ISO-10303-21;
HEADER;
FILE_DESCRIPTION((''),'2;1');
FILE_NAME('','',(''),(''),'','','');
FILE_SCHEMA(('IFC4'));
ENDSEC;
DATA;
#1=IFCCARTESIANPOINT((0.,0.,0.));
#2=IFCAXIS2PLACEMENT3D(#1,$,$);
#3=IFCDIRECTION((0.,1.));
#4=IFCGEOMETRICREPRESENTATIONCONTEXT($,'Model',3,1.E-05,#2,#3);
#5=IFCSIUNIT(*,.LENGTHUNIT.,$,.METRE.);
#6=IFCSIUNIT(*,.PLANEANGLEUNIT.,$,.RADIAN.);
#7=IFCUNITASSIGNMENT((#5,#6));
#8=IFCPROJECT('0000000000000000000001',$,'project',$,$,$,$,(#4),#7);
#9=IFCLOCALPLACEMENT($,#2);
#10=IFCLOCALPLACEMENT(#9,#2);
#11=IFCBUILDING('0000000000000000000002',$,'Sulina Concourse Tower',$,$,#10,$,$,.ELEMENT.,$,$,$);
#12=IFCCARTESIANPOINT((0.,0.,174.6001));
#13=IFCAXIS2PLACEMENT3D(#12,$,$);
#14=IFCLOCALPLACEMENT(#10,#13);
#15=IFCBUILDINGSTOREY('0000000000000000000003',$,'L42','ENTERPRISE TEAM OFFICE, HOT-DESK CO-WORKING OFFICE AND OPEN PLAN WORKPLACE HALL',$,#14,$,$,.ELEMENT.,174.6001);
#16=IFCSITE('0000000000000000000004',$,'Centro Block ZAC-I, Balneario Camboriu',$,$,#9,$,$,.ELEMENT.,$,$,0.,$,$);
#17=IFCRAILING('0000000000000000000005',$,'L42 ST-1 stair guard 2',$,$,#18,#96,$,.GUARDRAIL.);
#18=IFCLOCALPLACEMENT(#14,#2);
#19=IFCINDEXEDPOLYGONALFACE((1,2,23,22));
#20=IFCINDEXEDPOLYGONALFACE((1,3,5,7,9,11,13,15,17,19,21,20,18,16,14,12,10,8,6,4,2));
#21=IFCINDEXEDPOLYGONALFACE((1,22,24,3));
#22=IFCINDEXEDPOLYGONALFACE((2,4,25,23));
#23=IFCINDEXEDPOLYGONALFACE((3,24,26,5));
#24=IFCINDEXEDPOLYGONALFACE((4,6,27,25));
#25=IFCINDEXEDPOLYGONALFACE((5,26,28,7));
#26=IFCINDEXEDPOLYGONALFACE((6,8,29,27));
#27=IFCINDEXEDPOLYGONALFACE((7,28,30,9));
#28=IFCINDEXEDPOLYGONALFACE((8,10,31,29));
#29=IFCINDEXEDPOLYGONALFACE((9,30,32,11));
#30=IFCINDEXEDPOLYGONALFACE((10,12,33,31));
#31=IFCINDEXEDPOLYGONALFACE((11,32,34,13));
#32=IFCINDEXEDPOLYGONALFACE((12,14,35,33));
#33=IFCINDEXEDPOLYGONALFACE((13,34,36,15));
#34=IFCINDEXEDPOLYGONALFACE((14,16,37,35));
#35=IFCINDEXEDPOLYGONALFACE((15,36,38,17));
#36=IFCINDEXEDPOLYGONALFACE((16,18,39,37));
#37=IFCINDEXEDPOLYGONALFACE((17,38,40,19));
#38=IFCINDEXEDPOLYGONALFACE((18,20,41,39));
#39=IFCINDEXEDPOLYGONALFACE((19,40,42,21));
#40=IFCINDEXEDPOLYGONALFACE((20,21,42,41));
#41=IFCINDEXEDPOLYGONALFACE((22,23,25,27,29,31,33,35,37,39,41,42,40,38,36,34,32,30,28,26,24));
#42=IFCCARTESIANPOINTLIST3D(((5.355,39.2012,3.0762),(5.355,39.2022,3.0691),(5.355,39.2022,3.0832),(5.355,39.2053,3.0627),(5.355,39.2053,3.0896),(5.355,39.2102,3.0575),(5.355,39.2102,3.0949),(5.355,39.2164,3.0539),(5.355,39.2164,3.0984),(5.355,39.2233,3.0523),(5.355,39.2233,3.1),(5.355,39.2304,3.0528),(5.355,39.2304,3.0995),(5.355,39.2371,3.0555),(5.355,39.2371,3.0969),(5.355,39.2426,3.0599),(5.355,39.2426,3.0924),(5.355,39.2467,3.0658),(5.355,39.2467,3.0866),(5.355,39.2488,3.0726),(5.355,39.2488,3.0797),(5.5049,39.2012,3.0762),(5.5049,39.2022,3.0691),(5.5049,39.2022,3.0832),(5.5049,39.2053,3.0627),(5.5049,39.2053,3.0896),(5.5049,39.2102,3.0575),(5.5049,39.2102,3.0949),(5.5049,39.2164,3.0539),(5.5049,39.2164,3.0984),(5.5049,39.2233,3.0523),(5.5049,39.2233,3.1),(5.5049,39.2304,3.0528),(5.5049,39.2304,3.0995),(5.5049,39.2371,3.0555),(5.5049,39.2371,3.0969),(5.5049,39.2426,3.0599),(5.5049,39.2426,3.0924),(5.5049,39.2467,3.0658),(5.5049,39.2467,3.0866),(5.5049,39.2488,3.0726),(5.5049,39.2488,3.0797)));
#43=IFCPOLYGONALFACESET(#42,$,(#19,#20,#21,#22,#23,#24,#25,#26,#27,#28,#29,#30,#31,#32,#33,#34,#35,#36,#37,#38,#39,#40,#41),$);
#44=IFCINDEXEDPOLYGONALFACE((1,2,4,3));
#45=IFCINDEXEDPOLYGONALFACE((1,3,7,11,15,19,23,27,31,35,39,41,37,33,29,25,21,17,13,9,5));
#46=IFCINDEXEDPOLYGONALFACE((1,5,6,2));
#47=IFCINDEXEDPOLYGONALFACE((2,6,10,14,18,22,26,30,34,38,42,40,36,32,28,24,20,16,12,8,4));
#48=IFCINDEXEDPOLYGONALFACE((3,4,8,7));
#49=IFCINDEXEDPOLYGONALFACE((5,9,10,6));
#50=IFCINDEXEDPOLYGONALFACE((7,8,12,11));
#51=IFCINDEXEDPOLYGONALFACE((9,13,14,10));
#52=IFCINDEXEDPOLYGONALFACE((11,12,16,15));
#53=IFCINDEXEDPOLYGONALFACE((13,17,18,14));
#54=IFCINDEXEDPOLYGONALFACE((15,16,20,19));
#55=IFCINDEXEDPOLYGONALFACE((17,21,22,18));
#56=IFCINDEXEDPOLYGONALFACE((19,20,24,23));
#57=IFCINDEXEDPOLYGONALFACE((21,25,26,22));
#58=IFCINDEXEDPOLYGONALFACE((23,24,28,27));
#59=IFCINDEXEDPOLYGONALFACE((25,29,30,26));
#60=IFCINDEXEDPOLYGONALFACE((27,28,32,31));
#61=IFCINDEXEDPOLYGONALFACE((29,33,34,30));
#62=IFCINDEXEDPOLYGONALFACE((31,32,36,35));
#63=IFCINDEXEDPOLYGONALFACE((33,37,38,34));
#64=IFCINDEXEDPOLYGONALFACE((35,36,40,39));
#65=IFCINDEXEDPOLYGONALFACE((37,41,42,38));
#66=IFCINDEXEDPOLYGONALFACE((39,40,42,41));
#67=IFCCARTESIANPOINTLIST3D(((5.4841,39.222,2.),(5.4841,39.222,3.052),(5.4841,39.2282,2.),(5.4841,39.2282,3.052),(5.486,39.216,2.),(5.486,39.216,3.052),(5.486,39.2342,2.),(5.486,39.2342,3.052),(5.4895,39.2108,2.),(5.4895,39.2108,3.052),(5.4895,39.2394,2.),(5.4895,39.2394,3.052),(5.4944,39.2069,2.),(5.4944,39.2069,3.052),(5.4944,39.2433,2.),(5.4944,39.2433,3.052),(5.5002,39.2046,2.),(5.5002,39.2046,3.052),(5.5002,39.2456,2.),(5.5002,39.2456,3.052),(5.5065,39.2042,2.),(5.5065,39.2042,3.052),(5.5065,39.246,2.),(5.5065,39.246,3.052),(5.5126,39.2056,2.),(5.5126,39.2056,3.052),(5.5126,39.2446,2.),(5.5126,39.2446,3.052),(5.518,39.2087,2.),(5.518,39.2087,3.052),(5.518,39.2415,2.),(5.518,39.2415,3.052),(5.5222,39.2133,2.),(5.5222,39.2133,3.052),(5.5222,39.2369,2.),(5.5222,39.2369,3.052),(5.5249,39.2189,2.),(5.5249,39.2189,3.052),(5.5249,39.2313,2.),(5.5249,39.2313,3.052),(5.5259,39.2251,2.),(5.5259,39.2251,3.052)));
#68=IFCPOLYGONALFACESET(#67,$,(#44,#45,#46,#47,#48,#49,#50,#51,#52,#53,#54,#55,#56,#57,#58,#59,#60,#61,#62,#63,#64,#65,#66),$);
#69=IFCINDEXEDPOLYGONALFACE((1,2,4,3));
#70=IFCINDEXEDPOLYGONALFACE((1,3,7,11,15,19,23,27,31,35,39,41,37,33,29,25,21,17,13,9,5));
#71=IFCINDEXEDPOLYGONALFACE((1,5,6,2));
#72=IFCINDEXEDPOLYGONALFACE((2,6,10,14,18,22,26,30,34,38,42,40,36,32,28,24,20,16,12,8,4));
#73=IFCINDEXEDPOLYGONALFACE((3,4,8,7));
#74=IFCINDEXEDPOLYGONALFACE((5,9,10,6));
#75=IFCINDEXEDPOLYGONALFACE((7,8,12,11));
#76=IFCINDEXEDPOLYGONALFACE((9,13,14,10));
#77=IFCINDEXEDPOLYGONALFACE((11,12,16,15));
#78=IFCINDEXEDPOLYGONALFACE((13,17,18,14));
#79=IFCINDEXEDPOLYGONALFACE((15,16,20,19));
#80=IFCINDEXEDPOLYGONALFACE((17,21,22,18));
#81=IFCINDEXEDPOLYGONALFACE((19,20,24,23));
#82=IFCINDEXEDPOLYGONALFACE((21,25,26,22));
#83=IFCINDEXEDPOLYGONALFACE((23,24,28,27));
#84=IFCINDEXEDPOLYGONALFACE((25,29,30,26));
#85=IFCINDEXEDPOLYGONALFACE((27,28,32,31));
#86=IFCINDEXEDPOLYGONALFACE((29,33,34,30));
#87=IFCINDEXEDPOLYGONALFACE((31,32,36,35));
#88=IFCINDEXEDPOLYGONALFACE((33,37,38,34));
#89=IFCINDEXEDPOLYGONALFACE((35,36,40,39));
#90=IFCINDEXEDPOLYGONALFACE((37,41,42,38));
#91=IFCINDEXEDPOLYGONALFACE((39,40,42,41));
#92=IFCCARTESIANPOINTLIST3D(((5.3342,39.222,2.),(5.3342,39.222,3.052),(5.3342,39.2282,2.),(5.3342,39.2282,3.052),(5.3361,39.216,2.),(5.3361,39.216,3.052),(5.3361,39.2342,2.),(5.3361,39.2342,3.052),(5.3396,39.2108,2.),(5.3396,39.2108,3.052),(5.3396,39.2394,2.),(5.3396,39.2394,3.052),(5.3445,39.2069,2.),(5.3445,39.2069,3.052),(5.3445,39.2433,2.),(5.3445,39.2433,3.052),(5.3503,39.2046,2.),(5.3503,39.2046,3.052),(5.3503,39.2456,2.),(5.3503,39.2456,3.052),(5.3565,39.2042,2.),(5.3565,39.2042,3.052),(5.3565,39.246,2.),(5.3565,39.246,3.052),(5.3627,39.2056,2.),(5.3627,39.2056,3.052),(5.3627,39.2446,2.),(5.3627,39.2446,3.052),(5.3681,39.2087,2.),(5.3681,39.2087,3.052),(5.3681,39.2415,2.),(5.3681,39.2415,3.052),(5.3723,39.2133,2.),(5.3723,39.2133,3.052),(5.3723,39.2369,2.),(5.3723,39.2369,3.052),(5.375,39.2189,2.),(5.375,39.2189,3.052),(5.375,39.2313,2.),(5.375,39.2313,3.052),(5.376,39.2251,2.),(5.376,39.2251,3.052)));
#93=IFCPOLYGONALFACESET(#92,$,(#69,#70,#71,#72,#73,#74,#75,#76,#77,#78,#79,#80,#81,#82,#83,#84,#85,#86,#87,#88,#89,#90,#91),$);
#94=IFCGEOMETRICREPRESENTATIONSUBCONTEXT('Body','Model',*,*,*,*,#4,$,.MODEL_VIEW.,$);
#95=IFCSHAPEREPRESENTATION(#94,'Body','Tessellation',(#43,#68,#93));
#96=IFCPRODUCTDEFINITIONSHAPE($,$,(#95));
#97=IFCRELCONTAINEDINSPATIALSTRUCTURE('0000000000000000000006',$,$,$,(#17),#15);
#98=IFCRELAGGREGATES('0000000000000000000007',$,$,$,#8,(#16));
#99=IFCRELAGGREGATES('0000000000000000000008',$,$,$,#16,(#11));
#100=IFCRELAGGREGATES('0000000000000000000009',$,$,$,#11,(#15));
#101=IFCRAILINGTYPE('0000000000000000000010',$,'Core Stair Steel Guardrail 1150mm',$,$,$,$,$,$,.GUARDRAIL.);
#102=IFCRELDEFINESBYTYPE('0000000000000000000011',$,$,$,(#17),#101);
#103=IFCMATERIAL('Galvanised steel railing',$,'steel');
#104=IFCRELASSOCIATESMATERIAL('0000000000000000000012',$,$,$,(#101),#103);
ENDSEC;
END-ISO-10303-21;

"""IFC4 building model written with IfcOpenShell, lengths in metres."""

from ifc_helpers import new_model, si_unit, direction, frame, origin, origin_2d, place, context, subcontext, project, spatial, circle, extrude, material, type_object, element, save


model = new_model("IFC4")

# Units and contexts
model_context = context("Model", 3, precision=1e-05, world=origin(), true_north=direction((0.0, 1.0)))
body_context = subcontext(model_context, "Body", "Model", "MODEL_VIEW")
ifc_project = project(units=[si_unit("LENGTHUNIT", "METRE"), si_unit("PLANEANGLEUNIT", "RADIAN")], contexts=[model_context])

# Site, building, storey
site_placement = place(None, origin())
site = spatial("IfcSite", under=ifc_project, at=site_placement, Name="Centro Block ZAC-I, Balneario Camboriu", CompositionType="ELEMENT", RefElevation=0.0)
building_placement = place(site_placement, origin())
building = spatial("IfcBuilding", under=site, at=building_placement, Name="Sulina Concourse Tower", CompositionType="ELEMENT")
storey_placement = place(building_placement, frame((0.0, 0.0, 174.6001)))
storey = spatial("IfcBuildingStorey", under=building, at=storey_placement, Name="L42", Description="ENTERPRISE TEAM OFFICE, HOT-DESK CO-WORKING OFFICE AND OPEN PLAN WORKPLACE HALL", CompositionType="ELEMENT", Elevation=174.6001)

# Railing
ifc_material_1 = material(Name="Galvanised steel railing", Category="steel")
railing_type_1 = type_object("IfcRailingType", Name="Core Stair Steel Guardrail 1150mm", PredefinedType="GUARDRAIL", material=ifc_material_1)
railing_1_placement = place(storey_placement, frame((5.5049, 39.2251, 2.0)))
element("IfcRailing", 1, at=railing_1_placement, inside=storey, type_object=railing_type_1, Name="L42 ST-1 stair guard 2", PredefinedType="GUARDRAIL", context=body_context, shape_type="SweptSolid", body=[
    extrude(circle(Radius=0.0239, at=origin_2d()), frame((0.0, 0.0, 1.0762), z_axis=(-1.0, 0.0, 0.0), x_axis=(0.0, -1.0, 0.0)), (0.0, 0.0, 1.0), 0.1499),
    extrude(circle(Radius=0.021, at=origin_2d()), origin(), (0.0, 0.0, 1.0), 1.052),
    extrude(circle(Radius=0.021, at=origin_2d()), frame((-0.1499, 0.0, 0.0)), (0.0, 0.0, 1.0), 1.052),
])

save(model, "model.ifc")
